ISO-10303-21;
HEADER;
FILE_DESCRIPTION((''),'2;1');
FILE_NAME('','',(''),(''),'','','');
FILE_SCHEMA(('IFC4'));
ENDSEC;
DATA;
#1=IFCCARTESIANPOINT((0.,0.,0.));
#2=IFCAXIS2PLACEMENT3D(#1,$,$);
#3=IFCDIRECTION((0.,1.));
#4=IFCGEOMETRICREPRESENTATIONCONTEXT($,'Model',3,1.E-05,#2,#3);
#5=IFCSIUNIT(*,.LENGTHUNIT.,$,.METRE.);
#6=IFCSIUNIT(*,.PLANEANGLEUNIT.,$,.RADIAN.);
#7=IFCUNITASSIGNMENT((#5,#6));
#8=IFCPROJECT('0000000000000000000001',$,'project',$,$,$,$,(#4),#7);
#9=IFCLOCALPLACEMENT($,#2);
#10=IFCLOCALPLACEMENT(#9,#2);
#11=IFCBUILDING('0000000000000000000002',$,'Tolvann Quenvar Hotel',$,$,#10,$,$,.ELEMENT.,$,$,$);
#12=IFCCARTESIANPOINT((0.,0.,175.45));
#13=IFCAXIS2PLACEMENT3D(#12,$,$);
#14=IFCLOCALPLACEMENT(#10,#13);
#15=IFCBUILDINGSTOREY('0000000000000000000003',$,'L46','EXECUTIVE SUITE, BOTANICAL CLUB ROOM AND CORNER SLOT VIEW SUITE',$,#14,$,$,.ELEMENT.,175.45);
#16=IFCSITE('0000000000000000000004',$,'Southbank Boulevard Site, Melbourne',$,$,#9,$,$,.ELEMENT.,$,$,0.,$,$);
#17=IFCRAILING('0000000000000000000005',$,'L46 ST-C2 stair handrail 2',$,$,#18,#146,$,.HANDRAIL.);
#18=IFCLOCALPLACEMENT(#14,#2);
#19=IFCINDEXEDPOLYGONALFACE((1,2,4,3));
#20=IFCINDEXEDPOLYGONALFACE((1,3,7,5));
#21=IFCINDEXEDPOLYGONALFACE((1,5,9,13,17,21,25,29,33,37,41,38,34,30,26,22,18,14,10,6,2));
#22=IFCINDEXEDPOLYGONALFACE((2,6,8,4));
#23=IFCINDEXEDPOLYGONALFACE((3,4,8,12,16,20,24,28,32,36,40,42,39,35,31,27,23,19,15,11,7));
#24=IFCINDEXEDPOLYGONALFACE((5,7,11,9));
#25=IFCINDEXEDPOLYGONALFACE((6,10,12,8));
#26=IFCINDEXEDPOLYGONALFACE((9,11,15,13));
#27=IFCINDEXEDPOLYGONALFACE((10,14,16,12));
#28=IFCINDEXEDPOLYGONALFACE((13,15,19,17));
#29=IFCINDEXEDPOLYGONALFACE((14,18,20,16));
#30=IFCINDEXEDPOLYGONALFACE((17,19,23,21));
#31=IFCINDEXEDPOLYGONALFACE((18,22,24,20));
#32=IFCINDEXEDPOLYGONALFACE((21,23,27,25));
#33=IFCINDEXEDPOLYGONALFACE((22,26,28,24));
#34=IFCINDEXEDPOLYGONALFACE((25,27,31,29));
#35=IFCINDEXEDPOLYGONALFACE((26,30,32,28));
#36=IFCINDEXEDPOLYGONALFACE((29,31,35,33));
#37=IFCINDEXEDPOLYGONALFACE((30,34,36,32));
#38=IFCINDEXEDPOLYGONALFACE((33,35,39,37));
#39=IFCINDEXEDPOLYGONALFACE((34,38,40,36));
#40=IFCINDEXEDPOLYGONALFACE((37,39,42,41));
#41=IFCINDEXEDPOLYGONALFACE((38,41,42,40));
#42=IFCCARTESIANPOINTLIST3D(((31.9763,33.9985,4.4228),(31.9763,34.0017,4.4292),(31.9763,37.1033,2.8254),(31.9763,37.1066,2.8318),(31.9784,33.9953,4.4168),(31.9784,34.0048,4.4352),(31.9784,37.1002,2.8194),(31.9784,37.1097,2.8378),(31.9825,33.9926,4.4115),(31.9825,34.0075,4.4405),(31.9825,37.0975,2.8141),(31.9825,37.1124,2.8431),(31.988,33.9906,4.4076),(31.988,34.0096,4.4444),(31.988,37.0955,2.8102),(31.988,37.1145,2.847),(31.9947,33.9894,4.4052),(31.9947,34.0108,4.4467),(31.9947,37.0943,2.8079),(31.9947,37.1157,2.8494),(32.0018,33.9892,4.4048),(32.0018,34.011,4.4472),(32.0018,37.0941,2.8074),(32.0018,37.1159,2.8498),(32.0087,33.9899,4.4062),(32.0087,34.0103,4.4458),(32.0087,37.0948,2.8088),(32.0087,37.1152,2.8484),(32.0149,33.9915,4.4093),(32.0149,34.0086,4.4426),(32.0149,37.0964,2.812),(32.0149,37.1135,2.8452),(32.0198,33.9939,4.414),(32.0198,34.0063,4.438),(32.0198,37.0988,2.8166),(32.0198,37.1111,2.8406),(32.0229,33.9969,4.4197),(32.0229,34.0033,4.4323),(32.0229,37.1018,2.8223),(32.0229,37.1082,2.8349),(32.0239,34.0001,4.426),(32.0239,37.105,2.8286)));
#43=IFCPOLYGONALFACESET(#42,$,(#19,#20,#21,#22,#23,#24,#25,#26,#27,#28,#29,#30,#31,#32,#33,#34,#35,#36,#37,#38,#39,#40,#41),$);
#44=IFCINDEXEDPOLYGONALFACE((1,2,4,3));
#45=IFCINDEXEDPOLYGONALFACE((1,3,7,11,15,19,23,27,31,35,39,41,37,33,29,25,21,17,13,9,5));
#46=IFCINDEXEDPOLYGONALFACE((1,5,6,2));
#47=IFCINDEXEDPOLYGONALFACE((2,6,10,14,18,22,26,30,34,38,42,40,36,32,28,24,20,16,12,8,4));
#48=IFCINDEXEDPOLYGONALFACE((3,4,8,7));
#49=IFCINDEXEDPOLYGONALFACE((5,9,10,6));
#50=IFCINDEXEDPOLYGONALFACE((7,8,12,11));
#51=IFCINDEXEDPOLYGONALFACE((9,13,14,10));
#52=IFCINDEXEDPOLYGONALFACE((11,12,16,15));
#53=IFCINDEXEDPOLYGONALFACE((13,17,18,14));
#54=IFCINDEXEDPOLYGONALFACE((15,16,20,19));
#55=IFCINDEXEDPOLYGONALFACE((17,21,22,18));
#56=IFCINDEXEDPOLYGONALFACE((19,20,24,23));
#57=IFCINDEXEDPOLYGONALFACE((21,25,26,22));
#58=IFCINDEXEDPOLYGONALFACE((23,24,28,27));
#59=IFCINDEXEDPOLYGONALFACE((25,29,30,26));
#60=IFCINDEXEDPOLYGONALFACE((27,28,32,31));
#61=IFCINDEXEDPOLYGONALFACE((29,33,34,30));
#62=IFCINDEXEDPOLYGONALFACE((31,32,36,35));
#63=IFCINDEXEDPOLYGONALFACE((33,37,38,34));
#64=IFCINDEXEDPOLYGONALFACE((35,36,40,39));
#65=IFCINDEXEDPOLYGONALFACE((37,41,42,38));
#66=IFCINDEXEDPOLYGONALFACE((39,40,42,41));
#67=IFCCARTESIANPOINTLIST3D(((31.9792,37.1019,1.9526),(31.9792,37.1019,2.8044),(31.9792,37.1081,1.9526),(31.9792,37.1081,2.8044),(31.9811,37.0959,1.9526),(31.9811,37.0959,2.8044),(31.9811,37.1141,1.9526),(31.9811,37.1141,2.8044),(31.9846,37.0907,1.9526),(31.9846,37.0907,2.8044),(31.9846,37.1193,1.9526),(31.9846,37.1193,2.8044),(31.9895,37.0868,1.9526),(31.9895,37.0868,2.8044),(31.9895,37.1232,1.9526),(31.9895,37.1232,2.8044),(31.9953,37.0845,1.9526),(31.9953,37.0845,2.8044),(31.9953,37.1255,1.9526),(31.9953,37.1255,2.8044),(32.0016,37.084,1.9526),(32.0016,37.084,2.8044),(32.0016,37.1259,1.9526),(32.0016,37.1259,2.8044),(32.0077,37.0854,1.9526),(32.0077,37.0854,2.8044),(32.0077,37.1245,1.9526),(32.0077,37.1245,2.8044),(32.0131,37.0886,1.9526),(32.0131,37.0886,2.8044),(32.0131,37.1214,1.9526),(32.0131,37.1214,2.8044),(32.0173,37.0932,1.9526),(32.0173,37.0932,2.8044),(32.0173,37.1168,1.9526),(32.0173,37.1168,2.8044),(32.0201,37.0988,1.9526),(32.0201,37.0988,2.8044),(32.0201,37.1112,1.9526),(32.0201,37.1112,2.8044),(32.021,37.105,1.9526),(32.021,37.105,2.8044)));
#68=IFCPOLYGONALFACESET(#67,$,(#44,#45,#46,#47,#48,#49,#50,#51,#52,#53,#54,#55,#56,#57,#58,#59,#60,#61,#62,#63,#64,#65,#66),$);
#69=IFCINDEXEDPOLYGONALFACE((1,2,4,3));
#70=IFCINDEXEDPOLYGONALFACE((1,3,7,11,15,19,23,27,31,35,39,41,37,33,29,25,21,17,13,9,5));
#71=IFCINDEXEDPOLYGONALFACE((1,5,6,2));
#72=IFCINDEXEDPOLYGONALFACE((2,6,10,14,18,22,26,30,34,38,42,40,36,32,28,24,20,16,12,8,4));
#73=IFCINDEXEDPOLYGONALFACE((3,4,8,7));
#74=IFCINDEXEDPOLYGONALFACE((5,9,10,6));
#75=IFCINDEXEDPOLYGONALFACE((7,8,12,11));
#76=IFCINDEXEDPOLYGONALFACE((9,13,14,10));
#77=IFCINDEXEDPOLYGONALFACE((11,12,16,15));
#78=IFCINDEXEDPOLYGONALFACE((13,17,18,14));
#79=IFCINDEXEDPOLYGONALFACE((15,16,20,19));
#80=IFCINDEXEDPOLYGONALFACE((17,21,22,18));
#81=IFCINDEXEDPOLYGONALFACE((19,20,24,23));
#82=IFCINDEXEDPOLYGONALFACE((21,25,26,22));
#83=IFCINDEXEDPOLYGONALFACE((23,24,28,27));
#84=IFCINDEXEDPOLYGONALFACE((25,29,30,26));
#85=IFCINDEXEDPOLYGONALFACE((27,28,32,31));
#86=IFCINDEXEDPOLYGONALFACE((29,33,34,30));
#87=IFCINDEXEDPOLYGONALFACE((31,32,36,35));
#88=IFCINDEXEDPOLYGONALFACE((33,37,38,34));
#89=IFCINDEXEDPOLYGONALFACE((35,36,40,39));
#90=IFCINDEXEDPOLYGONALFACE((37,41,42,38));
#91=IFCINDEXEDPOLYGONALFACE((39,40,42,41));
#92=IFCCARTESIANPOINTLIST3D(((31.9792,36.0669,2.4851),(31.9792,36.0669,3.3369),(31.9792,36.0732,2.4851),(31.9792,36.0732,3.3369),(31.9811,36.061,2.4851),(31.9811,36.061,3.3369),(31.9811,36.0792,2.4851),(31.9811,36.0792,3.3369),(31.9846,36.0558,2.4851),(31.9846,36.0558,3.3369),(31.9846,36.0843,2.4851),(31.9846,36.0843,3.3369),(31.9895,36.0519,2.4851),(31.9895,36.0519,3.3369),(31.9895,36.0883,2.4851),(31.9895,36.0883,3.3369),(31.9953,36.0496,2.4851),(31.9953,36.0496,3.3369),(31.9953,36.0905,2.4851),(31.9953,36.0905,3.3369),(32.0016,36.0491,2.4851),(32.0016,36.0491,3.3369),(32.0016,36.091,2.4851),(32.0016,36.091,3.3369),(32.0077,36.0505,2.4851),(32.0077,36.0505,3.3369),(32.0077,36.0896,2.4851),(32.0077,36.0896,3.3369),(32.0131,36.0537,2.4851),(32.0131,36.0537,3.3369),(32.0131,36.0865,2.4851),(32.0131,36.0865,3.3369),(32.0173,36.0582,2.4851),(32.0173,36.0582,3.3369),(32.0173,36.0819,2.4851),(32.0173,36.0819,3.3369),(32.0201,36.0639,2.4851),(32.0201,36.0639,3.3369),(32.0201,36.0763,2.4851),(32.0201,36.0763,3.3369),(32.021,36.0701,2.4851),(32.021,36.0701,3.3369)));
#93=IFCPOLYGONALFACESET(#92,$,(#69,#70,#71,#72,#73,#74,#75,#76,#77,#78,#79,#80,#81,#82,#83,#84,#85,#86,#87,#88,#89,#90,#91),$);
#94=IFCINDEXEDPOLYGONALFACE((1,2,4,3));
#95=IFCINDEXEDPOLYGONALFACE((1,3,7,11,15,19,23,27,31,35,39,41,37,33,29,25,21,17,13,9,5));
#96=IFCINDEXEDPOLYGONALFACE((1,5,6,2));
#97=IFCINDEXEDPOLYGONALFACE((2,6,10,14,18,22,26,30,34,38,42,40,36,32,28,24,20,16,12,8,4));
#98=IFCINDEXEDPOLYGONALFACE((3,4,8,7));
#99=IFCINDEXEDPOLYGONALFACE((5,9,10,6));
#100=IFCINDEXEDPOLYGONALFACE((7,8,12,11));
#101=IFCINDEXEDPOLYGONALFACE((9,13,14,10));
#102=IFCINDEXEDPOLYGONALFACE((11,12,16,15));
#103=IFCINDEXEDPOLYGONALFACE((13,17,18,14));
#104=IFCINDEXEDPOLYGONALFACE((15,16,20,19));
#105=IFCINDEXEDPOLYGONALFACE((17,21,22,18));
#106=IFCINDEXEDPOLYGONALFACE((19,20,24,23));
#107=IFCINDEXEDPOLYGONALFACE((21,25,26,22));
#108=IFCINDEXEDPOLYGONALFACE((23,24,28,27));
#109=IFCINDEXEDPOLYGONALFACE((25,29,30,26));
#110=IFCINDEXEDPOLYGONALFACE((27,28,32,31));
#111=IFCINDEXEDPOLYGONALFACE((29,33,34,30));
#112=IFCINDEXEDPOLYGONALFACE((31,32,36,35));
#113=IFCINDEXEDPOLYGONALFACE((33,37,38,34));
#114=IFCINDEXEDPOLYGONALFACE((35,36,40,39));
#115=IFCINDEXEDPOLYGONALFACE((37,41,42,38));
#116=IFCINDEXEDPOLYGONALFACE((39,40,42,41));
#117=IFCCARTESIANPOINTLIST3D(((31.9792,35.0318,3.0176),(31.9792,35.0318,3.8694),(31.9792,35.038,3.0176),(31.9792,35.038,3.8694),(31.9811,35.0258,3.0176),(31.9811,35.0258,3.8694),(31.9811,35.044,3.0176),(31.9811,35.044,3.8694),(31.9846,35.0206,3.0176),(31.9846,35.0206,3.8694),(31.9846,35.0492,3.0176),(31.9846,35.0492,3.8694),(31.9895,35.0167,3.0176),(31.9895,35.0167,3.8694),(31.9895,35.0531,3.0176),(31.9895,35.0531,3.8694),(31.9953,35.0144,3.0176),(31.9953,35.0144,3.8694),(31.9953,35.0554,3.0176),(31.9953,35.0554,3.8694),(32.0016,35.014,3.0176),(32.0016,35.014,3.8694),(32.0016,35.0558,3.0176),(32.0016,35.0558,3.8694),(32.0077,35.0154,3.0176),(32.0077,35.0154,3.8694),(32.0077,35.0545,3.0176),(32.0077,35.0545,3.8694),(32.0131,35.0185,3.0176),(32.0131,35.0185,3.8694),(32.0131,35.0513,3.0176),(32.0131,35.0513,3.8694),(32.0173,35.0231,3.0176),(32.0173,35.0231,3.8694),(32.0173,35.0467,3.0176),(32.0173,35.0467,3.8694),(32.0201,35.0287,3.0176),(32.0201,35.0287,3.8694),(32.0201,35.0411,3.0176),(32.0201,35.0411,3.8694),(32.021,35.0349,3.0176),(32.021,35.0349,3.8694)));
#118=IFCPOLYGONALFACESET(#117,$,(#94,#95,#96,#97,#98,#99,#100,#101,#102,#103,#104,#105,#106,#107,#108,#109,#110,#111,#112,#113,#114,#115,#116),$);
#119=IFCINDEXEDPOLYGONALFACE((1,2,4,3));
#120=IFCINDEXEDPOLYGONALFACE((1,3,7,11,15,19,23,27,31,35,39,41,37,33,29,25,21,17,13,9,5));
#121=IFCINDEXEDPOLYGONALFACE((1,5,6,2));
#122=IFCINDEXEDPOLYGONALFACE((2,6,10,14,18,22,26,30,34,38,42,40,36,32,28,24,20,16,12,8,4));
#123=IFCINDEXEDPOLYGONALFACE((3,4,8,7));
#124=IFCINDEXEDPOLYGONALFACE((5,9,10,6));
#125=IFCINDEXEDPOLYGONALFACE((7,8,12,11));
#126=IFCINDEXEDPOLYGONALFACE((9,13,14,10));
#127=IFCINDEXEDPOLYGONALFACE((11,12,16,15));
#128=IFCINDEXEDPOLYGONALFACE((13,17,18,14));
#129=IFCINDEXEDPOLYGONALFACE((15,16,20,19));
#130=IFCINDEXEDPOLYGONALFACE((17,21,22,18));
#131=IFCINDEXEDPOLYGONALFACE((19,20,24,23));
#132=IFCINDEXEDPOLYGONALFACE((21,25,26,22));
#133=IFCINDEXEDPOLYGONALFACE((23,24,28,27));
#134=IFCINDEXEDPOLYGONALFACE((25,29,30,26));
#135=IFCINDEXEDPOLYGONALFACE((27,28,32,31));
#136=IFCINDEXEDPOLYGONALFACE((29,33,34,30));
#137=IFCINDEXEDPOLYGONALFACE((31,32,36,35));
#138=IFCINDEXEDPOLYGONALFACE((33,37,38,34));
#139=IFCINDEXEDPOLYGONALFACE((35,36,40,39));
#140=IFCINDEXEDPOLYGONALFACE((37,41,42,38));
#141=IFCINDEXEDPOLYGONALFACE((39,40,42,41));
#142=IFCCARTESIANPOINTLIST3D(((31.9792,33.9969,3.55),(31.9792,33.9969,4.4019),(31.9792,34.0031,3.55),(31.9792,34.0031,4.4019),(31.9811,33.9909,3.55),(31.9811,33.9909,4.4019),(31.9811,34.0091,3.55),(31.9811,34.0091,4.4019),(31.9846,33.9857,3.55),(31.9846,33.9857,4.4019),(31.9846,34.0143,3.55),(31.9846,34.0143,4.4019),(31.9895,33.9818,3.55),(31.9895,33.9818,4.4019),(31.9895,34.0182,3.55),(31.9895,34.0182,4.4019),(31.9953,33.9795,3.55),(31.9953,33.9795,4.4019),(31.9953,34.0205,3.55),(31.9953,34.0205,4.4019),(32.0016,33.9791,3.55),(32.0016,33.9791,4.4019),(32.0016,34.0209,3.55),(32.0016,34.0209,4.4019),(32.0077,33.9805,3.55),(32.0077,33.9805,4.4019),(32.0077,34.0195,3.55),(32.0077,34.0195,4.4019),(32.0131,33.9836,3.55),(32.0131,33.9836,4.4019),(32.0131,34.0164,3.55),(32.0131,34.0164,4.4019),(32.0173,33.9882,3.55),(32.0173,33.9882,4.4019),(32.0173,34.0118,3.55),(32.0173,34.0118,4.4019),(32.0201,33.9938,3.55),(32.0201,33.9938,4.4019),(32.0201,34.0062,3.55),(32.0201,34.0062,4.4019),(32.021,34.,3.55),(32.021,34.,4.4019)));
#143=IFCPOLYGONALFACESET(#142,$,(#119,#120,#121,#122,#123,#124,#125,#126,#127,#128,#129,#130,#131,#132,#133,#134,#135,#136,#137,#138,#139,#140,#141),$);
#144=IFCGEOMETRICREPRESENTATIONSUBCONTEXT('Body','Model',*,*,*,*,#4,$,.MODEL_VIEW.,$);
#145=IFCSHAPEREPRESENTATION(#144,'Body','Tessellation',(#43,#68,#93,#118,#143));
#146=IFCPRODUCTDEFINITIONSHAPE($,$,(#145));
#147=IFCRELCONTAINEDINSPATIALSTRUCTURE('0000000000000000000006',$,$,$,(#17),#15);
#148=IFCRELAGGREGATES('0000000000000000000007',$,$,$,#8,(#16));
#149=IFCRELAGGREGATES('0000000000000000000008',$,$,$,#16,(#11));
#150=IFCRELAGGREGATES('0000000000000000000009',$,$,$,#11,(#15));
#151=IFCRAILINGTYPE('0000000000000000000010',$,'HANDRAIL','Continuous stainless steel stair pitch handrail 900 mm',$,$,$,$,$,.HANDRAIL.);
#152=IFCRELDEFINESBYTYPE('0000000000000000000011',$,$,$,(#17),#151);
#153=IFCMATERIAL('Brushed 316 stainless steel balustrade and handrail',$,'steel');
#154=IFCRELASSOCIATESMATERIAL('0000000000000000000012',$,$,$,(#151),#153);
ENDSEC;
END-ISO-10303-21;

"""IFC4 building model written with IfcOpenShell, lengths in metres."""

from ifc_helpers import new_model, si_unit, direction, frame, origin, origin_2d, place, context, subcontext, project, spatial, circle, extrude, material, type_object, element, save


model = new_model("IFC4")

# Units and contexts
model_context = context("Model", 3, precision=1e-05, world=origin(), true_north=direction((0.0, 1.0)))
body_context = subcontext(model_context, "Body", "Model", "MODEL_VIEW")
ifc_project = project(units=[si_unit("LENGTHUNIT", "METRE"), si_unit("PLANEANGLEUNIT", "RADIAN")], contexts=[model_context])

# Site, building, storey
site_placement = place(None, origin())
site = spatial("IfcSite", under=ifc_project, at=site_placement, Name="Southbank Boulevard Site, Melbourne", CompositionType="ELEMENT", RefElevation=0.0)
building_placement = place(site_placement, origin())
building = spatial("IfcBuilding", under=site, at=building_placement, Name="Tolvann Quenvar Hotel", CompositionType="ELEMENT")
storey_placement = place(building_placement, frame((0.0, 0.0, 175.45)))
storey = spatial("IfcBuildingStorey", under=building, at=storey_placement, Name="L46", Description="EXECUTIVE SUITE, BOTANICAL CLUB ROOM AND CORNER SLOT VIEW SUITE", CompositionType="ELEMENT", Elevation=175.45)

# Railing
ifc_material_1 = material(Name="Brushed 316 stainless steel balustrade and handrail", Category="steel")
railing_type_1 = type_object("IfcRailingType", Name="HANDRAIL", Description="Continuous stainless steel stair pitch handrail 900 mm", PredefinedType="HANDRAIL", material=ifc_material_1)
railing_1_placement = place(storey_placement, frame((32.0, 37.105, 1.9526)))
element("IfcRailing", 1, at=railing_1_placement, inside=storey, type_object=railing_type_1, Name="L46 ST-C2 stair handrail 2", PredefinedType="HANDRAIL", context=body_context, shape_type="SweptSolid", body=[
    extrude(circle(Radius=0.0239, at=origin_2d()), frame((0.0, 0.0, 0.876), z_axis=(0.0, -0.889222, 0.457476), x_axis=(1.0, 0.0, 0.0)), (0.0, 0.0, 1.0), 3.4917),
    extrude(circle(Radius=0.021, at=origin_2d()), origin(), (0.0, 0.0, 1.0), 0.8518),
    extrude(circle(Radius=0.021, at=origin_2d()), frame((0.0, -1.0349, 0.5325)), (0.0, 0.0, 1.0), 0.8518),
    extrude(circle(Radius=0.021, at=origin_2d()), frame((0.0, -2.0701, 1.0649)), (0.0, 0.0, 1.0), 0.8518),
    extrude(circle(Radius=0.021, at=origin_2d()), frame((0.0, -3.105, 1.5974)), (0.0, 0.0, 1.0), 0.8518),
])

save(model, "model.ifc")
